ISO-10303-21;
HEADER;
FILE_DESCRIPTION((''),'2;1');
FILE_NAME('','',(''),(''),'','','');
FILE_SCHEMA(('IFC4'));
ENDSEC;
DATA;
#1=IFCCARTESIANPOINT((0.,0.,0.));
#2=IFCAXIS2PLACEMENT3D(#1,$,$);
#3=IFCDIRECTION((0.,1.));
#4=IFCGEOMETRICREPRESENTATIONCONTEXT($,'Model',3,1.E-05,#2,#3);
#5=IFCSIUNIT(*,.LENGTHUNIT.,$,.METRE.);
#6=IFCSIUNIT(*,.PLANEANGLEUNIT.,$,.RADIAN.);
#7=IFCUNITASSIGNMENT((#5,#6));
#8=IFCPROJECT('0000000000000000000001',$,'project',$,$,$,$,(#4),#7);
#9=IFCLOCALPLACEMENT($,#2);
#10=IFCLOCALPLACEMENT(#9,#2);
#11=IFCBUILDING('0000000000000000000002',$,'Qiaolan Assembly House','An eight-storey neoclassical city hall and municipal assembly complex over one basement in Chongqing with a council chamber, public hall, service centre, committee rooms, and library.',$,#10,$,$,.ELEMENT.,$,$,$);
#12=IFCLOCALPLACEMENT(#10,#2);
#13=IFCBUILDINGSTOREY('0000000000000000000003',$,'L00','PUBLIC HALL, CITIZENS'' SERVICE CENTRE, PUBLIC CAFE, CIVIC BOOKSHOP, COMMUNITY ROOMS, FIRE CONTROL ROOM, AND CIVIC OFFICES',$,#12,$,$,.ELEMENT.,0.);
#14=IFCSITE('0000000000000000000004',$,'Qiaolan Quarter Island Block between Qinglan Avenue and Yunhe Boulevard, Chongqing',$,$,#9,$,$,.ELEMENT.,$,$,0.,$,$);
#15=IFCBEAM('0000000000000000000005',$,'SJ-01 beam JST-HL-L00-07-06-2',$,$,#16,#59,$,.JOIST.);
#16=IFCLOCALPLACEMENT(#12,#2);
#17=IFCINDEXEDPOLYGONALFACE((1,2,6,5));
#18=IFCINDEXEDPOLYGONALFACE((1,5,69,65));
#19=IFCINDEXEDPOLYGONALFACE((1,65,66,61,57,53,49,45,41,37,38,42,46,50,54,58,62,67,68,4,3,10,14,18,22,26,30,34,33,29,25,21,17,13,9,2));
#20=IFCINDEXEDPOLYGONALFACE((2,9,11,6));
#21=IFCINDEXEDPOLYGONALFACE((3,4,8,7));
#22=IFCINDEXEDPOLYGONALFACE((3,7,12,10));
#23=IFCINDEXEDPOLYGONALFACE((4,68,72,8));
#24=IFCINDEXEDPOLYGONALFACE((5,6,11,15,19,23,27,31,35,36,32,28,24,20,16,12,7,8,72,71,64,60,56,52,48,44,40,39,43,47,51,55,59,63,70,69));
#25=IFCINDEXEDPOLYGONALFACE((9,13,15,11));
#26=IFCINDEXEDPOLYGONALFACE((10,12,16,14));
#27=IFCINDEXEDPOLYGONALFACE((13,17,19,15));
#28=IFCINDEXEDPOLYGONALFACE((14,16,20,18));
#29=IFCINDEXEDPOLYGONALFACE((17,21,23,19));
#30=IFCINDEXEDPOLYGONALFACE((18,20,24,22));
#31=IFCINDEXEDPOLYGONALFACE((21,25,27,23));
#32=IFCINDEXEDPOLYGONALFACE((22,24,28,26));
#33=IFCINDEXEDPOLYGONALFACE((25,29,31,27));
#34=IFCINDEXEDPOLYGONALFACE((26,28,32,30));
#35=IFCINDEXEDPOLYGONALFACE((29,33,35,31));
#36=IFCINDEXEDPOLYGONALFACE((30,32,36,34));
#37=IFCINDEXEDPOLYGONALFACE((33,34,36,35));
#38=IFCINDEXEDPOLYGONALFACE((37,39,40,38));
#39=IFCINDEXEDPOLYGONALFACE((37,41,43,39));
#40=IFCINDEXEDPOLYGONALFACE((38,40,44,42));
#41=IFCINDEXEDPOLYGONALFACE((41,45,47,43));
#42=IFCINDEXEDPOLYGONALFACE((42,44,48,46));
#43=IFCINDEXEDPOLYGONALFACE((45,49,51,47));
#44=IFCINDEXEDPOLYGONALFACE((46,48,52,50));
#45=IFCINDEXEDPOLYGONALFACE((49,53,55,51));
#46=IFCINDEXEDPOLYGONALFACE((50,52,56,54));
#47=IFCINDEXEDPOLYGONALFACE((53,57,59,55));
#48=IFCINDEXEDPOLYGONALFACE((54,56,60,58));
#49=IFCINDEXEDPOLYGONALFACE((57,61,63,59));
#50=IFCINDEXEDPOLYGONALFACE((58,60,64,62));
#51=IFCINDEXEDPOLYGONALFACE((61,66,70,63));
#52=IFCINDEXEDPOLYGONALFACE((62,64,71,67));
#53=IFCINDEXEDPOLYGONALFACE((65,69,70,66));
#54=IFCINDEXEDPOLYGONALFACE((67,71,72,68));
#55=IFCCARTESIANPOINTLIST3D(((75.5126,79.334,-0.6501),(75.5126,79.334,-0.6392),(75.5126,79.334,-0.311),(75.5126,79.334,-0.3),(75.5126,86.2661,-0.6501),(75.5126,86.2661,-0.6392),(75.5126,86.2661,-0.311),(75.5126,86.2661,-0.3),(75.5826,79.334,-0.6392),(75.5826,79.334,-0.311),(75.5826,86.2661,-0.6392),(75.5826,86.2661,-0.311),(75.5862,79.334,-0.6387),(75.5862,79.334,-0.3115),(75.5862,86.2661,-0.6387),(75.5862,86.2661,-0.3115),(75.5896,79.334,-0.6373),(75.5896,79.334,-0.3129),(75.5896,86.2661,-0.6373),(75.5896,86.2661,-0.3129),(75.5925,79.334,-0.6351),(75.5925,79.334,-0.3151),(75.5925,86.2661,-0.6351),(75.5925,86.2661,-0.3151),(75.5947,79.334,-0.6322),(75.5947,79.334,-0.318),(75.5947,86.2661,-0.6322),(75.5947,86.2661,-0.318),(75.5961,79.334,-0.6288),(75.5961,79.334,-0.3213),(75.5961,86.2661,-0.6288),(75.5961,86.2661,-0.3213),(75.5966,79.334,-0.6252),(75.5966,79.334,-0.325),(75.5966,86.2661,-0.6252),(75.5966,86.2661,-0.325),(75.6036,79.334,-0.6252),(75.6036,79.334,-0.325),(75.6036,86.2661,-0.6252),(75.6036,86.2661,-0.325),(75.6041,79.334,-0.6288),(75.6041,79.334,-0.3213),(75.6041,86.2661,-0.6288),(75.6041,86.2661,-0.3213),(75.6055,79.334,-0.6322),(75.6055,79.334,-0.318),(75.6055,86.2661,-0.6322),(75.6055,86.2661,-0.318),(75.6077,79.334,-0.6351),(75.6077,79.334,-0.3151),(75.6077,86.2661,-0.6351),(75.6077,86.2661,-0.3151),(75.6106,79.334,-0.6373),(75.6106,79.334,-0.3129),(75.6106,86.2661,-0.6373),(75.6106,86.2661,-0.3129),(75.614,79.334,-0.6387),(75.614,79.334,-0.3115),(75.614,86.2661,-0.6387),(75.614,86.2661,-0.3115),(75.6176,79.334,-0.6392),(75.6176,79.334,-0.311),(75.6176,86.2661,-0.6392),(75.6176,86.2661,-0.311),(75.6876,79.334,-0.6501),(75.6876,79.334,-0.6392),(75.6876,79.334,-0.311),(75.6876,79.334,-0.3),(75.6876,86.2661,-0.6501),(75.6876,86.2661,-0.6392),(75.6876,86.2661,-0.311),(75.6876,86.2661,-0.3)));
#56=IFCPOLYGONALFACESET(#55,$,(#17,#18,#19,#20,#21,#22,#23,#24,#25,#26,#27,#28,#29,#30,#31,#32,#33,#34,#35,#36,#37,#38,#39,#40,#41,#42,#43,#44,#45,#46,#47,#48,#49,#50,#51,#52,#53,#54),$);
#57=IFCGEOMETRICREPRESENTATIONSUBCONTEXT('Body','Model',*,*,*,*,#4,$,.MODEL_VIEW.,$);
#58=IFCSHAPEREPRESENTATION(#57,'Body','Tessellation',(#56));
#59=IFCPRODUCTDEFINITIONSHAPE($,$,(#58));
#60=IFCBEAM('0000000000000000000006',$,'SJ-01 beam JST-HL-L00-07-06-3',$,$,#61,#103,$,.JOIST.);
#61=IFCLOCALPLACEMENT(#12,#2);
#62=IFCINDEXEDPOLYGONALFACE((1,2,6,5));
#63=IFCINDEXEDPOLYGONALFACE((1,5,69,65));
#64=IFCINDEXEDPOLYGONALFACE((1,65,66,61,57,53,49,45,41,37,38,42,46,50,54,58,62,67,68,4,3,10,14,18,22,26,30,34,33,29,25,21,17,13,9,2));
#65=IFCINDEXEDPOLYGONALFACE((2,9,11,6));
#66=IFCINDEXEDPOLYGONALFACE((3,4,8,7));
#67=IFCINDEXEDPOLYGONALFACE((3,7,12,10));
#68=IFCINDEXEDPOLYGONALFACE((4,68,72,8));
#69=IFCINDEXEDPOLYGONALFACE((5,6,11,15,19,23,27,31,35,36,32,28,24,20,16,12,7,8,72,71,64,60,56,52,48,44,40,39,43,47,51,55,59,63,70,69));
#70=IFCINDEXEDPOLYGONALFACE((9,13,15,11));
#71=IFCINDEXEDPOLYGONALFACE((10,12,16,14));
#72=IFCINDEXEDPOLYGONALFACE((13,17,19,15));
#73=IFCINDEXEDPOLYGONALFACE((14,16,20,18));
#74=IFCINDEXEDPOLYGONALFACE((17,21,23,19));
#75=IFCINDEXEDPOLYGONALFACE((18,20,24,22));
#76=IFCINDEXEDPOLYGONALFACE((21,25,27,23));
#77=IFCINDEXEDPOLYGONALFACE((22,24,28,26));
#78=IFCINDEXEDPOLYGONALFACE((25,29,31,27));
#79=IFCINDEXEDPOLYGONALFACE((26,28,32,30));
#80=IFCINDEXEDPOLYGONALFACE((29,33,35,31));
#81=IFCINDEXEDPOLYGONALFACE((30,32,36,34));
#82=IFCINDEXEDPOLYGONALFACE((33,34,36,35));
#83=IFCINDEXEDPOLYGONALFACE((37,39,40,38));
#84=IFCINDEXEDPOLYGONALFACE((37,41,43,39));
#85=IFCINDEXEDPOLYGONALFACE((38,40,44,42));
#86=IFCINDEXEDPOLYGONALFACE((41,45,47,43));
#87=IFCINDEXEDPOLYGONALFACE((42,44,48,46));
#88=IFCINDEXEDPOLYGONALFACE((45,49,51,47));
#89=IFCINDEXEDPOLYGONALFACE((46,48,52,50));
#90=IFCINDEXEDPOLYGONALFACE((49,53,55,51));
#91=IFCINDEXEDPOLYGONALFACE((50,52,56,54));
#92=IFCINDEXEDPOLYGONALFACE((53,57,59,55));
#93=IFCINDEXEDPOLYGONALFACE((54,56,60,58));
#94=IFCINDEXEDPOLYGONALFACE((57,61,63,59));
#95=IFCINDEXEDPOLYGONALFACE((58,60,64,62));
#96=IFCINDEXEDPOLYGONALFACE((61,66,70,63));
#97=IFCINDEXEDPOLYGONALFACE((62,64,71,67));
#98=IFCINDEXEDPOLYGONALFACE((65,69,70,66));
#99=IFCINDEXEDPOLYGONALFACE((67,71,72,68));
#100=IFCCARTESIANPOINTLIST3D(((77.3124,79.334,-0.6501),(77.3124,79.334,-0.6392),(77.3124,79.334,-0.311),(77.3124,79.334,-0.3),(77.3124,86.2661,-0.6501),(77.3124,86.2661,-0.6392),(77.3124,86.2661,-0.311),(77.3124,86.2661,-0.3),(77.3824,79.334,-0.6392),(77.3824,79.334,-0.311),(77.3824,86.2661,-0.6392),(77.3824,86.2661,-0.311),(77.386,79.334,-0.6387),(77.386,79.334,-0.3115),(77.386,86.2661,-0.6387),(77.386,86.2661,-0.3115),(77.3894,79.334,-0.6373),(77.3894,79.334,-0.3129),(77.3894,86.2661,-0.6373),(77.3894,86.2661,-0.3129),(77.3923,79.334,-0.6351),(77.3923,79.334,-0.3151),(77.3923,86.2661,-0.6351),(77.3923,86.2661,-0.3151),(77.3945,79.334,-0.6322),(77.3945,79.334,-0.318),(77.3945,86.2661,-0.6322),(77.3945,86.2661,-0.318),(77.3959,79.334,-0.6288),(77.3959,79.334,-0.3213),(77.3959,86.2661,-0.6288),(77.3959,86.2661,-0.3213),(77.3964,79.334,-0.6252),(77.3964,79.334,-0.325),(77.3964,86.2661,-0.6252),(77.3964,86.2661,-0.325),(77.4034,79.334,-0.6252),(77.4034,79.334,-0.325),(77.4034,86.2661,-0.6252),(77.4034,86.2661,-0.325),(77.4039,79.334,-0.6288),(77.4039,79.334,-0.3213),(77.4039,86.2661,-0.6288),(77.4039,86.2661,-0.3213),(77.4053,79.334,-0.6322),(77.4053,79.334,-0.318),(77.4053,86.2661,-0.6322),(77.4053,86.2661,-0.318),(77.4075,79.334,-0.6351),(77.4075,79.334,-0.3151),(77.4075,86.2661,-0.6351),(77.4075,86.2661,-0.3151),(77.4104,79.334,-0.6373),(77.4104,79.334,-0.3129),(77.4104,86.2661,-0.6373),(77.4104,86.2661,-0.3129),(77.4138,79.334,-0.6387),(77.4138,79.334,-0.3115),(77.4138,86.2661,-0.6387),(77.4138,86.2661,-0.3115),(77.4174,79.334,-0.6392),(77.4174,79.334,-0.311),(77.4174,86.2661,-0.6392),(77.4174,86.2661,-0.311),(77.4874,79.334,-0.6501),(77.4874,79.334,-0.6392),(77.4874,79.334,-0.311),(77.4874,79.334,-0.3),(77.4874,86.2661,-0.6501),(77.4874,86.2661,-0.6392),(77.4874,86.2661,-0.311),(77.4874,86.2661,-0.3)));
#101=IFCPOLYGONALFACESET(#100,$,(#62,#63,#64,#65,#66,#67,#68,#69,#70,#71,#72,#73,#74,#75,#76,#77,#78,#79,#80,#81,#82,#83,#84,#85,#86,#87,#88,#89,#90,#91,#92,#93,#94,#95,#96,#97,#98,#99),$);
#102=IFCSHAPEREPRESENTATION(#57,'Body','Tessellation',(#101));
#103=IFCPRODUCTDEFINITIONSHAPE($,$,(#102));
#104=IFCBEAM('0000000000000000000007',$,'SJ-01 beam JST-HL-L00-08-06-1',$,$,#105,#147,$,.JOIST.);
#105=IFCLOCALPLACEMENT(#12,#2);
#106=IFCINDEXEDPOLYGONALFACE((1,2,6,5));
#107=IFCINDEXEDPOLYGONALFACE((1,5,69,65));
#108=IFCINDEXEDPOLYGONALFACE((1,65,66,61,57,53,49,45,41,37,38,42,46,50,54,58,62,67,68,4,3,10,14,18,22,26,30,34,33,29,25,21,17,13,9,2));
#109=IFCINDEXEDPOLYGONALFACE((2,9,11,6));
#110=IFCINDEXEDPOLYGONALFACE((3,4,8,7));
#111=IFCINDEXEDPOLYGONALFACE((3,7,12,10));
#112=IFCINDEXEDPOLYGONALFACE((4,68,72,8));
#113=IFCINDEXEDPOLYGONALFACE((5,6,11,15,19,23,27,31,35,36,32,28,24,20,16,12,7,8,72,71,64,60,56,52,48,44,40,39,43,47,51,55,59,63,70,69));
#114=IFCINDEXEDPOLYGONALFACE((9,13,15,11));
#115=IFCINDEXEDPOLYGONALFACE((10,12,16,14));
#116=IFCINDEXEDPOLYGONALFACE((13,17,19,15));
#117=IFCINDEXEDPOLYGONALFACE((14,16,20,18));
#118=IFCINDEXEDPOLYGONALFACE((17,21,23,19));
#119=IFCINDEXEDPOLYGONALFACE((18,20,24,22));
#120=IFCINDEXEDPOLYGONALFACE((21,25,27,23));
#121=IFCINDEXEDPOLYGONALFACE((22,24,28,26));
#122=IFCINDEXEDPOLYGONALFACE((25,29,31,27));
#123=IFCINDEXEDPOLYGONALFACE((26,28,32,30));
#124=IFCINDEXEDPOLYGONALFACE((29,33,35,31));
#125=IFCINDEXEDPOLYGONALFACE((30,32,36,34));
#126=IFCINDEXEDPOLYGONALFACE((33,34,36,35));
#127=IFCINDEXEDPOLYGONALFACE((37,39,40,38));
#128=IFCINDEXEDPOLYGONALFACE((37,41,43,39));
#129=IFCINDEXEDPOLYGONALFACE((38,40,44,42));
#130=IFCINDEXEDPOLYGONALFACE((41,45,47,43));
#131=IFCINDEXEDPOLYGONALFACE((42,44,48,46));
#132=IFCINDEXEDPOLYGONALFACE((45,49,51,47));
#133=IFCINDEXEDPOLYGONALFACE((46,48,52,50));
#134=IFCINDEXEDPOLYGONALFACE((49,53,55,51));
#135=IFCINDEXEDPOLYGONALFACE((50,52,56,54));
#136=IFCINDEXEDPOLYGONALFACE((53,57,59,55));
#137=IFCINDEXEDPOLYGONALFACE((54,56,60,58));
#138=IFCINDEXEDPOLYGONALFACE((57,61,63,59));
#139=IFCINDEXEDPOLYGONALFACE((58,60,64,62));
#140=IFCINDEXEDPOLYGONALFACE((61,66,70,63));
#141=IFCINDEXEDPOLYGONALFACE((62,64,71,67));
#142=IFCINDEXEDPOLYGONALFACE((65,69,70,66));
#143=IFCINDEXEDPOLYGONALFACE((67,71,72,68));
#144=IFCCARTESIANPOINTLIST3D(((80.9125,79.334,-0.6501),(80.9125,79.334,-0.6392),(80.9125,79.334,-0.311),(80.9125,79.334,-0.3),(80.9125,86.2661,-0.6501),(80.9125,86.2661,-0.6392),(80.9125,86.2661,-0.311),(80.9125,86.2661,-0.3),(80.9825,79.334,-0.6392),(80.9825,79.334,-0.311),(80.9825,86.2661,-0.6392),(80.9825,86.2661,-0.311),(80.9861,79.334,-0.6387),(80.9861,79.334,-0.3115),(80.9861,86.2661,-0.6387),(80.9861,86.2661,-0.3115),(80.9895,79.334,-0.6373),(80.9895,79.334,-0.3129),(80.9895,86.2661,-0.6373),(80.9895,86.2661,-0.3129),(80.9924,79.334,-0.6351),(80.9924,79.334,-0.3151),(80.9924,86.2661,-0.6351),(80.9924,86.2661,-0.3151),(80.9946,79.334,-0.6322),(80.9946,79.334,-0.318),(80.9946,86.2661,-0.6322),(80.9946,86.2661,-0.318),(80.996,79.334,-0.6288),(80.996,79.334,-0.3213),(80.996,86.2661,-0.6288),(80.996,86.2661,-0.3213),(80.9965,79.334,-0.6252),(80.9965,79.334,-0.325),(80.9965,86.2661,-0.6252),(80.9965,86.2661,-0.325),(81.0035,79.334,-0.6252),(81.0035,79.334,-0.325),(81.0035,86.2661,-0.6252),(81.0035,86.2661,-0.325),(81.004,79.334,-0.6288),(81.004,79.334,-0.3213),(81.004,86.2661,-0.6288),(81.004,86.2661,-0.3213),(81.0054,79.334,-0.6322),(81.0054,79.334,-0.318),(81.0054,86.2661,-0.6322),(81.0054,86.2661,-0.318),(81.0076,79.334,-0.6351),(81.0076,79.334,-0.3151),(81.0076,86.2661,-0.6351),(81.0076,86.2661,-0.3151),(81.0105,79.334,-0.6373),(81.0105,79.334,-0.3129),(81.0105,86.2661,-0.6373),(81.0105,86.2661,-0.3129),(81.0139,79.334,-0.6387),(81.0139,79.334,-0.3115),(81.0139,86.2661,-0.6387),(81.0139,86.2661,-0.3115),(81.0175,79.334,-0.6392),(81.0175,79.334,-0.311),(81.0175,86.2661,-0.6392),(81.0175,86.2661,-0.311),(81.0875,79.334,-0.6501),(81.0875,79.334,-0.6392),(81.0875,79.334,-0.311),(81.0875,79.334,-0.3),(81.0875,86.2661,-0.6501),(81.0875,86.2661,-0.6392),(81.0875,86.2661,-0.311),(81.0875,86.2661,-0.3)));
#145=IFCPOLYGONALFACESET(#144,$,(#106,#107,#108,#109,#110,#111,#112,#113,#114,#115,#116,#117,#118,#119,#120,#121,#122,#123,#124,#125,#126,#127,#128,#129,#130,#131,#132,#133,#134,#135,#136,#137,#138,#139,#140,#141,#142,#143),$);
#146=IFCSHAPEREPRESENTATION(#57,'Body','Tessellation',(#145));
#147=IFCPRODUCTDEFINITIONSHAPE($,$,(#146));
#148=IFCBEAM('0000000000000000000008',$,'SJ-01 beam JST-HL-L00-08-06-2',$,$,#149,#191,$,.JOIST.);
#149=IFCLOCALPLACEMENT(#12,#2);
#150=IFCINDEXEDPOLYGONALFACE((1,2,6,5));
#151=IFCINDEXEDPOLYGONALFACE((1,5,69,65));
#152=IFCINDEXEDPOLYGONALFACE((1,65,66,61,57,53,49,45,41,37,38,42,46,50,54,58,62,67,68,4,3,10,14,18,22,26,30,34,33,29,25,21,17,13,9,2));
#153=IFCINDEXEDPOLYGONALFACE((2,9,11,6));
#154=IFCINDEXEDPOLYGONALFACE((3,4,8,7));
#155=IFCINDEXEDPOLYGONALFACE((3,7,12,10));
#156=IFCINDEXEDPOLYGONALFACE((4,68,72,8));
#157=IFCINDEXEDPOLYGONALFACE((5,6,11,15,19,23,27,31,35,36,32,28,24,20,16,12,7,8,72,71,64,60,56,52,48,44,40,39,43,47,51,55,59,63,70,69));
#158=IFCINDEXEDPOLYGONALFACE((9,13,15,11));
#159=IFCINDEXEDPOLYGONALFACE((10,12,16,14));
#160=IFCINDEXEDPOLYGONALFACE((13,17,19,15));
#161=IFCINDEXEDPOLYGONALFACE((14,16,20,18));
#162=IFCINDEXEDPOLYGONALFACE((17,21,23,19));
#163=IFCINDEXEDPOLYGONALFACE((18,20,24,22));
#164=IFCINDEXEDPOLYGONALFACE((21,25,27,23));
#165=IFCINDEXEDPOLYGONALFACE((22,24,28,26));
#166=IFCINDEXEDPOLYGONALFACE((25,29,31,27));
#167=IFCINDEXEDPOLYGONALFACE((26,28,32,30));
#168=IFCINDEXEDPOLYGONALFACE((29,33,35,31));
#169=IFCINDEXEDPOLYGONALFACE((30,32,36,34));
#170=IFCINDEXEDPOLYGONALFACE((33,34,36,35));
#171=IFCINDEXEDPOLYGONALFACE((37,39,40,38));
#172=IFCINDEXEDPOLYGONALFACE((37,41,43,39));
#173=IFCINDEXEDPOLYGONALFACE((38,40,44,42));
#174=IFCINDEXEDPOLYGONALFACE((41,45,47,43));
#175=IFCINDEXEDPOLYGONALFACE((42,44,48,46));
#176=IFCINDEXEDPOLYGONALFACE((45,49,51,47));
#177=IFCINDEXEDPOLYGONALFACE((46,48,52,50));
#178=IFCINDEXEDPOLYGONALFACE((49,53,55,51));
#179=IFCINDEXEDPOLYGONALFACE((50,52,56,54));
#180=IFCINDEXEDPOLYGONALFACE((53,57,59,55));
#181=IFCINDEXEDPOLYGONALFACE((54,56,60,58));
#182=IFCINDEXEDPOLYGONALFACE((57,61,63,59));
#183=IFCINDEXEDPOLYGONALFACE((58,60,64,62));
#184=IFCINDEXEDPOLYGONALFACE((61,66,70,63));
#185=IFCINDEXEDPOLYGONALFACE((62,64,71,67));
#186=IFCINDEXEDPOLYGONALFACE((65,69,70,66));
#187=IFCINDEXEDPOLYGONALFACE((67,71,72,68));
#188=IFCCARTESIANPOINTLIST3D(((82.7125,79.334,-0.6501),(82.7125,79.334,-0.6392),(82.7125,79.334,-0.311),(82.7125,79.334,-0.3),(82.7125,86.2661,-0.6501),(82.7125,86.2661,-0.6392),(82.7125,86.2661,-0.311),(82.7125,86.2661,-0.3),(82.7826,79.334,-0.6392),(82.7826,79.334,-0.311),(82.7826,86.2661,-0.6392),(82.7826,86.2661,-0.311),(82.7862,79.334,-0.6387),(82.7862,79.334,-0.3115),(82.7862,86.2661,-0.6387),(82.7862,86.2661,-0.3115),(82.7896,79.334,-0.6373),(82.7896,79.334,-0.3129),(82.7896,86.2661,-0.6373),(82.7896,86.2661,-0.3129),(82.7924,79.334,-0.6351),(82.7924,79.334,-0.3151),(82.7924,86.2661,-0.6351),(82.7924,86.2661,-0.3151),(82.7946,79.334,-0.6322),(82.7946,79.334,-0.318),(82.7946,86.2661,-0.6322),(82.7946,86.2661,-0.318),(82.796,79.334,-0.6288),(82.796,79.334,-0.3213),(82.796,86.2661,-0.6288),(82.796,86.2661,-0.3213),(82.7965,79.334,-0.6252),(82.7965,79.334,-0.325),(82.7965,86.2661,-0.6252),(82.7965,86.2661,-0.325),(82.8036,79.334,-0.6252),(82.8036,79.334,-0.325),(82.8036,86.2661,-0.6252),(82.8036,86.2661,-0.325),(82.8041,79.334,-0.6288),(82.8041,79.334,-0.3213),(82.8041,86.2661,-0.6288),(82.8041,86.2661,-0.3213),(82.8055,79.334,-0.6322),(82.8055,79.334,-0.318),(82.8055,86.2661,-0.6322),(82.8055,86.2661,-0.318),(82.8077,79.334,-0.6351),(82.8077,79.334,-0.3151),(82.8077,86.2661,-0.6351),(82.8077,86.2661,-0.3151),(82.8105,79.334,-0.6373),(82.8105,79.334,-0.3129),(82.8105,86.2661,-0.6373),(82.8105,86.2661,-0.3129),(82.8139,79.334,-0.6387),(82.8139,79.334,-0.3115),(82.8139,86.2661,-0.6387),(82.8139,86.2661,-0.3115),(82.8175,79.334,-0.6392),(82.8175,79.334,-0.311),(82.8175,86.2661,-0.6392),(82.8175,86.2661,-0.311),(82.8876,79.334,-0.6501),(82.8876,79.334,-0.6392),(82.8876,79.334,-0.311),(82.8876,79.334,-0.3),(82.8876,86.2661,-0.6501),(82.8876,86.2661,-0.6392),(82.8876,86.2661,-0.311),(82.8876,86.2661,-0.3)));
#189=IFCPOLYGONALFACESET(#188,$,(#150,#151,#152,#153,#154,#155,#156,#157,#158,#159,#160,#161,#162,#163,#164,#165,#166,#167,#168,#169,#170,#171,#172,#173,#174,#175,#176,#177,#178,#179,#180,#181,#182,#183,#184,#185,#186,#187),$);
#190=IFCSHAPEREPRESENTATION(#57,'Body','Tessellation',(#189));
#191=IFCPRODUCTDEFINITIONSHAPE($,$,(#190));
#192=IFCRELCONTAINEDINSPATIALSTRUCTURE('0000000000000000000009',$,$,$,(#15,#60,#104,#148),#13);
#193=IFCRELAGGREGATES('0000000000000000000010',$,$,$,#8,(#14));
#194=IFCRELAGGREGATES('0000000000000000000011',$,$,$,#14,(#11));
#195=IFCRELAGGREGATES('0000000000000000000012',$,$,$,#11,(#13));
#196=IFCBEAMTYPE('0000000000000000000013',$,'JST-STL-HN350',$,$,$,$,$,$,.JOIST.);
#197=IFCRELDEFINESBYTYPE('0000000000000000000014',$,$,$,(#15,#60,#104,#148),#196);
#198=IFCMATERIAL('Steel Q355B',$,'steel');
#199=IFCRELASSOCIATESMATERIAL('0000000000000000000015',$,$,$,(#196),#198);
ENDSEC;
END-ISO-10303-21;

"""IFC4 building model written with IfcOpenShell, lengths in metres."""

from ifc_helpers import new_model, si_unit, direction, frame, origin, origin_2d, place, context, subcontext, project, spatial, i_section, extrude, material, material_profile, profile_set, type_object, element, save


model = new_model("IFC4")

# Units and contexts
model_context = context("Model", 3, precision=1e-05, world=origin(), true_north=direction((0.0, 1.0)))
body_context = subcontext(model_context, "Body", "Model", "MODEL_VIEW")
ifc_project = project(units=[si_unit("LENGTHUNIT", "METRE"), si_unit("PLANEANGLEUNIT", "RADIAN")], contexts=[model_context])

# Site, building, storey
site_placement = place(None, origin())
site = spatial("IfcSite", under=ifc_project, at=site_placement, Name="Qiaolan Quarter Island Block between Qinglan Avenue and Yunhe Boulevard, Chongqing", CompositionType="ELEMENT", RefElevation=0.0)
building_placement = place(site_placement, origin())
building = spatial("IfcBuilding", under=site, at=building_placement, Name="Qiaolan Assembly House", Description="An eight-storey neoclassical city hall and municipal assembly complex over one basement in Chongqing with a council chamber, public hall, service centre, committee rooms, and library.", CompositionType="ELEMENT")
storey_placement = place(building_placement, origin())
storey = spatial("IfcBuildingStorey", under=building, at=storey_placement, Name="L00", Description="PUBLIC HALL, CITIZENS' SERVICE CENTRE, PUBLIC CAFE, CIVIC BOOKSHOP, COMMUNITY ROOMS, FIRE CONTROL ROOM, AND CIVIC OFFICES", CompositionType="ELEMENT", Elevation=0.0)

# Shared definitions
ifc_material_1 = material(Name="Steel Q355B", Category="steel")

# Beams
ifc_material_profile_1 = material_profile(ifc_material_1, i_section(OverallWidth=0.175, OverallDepth=0.3501, WebThickness=0.0071, FlangeThickness=0.011, FilletRadius=0.0139, at=origin_2d()), Name="HN 350x175x7x11")
ifc_profile_set_1 = profile_set([ifc_material_profile_1], Name="Steel Q355B")
beam_type_1 = type_object("IfcBeamType", Name="JST-STL-HN350", PredefinedType="JOIST", material=ifc_profile_set_1)
for number, where, z_axis, x_axis, name in (
    (1, (75.6001, 79.334, -0.4751), (0.0, 1.0, 0.0), (-1.0, 0.0, 0.0), "SJ-01 beam JST-HL-L00-07-06-2"),
    (2, (77.3999, 79.334, -0.4751), (0.0, 1.0, 0.0), (-1.0, 0.0, 0.0), "SJ-01 beam JST-HL-L00-07-06-3"),
    (3, (81.0, 79.334, -0.4751), (0.0, 1.0, 0.0), (-1.0, 0.0, 0.0), "SJ-01 beam JST-HL-L00-08-06-1"),
    (4, (82.8, 79.334, -0.4751), (0.0, 1.0, 0.0), (-1.0, 0.0, 0.0), "SJ-01 beam JST-HL-L00-08-06-2"),
):
    element("IfcBeam", number, at=place(storey_placement, frame(where, z_axis=z_axis, x_axis=x_axis)), inside=storey, type_object=beam_type_1, Name=name, PredefinedType="JOIST", context=body_context, shape_type="SweptSolid", body=[
        extrude(i_section(OverallWidth=0.175, OverallDepth=0.3501, WebThickness=0.0071, FlangeThickness=0.011, FilletRadius=0.0139, at=origin_2d()), origin(), (0.0, 0.0, 1.0), 6.9321),
    ])

save(model, "model.ifc")
